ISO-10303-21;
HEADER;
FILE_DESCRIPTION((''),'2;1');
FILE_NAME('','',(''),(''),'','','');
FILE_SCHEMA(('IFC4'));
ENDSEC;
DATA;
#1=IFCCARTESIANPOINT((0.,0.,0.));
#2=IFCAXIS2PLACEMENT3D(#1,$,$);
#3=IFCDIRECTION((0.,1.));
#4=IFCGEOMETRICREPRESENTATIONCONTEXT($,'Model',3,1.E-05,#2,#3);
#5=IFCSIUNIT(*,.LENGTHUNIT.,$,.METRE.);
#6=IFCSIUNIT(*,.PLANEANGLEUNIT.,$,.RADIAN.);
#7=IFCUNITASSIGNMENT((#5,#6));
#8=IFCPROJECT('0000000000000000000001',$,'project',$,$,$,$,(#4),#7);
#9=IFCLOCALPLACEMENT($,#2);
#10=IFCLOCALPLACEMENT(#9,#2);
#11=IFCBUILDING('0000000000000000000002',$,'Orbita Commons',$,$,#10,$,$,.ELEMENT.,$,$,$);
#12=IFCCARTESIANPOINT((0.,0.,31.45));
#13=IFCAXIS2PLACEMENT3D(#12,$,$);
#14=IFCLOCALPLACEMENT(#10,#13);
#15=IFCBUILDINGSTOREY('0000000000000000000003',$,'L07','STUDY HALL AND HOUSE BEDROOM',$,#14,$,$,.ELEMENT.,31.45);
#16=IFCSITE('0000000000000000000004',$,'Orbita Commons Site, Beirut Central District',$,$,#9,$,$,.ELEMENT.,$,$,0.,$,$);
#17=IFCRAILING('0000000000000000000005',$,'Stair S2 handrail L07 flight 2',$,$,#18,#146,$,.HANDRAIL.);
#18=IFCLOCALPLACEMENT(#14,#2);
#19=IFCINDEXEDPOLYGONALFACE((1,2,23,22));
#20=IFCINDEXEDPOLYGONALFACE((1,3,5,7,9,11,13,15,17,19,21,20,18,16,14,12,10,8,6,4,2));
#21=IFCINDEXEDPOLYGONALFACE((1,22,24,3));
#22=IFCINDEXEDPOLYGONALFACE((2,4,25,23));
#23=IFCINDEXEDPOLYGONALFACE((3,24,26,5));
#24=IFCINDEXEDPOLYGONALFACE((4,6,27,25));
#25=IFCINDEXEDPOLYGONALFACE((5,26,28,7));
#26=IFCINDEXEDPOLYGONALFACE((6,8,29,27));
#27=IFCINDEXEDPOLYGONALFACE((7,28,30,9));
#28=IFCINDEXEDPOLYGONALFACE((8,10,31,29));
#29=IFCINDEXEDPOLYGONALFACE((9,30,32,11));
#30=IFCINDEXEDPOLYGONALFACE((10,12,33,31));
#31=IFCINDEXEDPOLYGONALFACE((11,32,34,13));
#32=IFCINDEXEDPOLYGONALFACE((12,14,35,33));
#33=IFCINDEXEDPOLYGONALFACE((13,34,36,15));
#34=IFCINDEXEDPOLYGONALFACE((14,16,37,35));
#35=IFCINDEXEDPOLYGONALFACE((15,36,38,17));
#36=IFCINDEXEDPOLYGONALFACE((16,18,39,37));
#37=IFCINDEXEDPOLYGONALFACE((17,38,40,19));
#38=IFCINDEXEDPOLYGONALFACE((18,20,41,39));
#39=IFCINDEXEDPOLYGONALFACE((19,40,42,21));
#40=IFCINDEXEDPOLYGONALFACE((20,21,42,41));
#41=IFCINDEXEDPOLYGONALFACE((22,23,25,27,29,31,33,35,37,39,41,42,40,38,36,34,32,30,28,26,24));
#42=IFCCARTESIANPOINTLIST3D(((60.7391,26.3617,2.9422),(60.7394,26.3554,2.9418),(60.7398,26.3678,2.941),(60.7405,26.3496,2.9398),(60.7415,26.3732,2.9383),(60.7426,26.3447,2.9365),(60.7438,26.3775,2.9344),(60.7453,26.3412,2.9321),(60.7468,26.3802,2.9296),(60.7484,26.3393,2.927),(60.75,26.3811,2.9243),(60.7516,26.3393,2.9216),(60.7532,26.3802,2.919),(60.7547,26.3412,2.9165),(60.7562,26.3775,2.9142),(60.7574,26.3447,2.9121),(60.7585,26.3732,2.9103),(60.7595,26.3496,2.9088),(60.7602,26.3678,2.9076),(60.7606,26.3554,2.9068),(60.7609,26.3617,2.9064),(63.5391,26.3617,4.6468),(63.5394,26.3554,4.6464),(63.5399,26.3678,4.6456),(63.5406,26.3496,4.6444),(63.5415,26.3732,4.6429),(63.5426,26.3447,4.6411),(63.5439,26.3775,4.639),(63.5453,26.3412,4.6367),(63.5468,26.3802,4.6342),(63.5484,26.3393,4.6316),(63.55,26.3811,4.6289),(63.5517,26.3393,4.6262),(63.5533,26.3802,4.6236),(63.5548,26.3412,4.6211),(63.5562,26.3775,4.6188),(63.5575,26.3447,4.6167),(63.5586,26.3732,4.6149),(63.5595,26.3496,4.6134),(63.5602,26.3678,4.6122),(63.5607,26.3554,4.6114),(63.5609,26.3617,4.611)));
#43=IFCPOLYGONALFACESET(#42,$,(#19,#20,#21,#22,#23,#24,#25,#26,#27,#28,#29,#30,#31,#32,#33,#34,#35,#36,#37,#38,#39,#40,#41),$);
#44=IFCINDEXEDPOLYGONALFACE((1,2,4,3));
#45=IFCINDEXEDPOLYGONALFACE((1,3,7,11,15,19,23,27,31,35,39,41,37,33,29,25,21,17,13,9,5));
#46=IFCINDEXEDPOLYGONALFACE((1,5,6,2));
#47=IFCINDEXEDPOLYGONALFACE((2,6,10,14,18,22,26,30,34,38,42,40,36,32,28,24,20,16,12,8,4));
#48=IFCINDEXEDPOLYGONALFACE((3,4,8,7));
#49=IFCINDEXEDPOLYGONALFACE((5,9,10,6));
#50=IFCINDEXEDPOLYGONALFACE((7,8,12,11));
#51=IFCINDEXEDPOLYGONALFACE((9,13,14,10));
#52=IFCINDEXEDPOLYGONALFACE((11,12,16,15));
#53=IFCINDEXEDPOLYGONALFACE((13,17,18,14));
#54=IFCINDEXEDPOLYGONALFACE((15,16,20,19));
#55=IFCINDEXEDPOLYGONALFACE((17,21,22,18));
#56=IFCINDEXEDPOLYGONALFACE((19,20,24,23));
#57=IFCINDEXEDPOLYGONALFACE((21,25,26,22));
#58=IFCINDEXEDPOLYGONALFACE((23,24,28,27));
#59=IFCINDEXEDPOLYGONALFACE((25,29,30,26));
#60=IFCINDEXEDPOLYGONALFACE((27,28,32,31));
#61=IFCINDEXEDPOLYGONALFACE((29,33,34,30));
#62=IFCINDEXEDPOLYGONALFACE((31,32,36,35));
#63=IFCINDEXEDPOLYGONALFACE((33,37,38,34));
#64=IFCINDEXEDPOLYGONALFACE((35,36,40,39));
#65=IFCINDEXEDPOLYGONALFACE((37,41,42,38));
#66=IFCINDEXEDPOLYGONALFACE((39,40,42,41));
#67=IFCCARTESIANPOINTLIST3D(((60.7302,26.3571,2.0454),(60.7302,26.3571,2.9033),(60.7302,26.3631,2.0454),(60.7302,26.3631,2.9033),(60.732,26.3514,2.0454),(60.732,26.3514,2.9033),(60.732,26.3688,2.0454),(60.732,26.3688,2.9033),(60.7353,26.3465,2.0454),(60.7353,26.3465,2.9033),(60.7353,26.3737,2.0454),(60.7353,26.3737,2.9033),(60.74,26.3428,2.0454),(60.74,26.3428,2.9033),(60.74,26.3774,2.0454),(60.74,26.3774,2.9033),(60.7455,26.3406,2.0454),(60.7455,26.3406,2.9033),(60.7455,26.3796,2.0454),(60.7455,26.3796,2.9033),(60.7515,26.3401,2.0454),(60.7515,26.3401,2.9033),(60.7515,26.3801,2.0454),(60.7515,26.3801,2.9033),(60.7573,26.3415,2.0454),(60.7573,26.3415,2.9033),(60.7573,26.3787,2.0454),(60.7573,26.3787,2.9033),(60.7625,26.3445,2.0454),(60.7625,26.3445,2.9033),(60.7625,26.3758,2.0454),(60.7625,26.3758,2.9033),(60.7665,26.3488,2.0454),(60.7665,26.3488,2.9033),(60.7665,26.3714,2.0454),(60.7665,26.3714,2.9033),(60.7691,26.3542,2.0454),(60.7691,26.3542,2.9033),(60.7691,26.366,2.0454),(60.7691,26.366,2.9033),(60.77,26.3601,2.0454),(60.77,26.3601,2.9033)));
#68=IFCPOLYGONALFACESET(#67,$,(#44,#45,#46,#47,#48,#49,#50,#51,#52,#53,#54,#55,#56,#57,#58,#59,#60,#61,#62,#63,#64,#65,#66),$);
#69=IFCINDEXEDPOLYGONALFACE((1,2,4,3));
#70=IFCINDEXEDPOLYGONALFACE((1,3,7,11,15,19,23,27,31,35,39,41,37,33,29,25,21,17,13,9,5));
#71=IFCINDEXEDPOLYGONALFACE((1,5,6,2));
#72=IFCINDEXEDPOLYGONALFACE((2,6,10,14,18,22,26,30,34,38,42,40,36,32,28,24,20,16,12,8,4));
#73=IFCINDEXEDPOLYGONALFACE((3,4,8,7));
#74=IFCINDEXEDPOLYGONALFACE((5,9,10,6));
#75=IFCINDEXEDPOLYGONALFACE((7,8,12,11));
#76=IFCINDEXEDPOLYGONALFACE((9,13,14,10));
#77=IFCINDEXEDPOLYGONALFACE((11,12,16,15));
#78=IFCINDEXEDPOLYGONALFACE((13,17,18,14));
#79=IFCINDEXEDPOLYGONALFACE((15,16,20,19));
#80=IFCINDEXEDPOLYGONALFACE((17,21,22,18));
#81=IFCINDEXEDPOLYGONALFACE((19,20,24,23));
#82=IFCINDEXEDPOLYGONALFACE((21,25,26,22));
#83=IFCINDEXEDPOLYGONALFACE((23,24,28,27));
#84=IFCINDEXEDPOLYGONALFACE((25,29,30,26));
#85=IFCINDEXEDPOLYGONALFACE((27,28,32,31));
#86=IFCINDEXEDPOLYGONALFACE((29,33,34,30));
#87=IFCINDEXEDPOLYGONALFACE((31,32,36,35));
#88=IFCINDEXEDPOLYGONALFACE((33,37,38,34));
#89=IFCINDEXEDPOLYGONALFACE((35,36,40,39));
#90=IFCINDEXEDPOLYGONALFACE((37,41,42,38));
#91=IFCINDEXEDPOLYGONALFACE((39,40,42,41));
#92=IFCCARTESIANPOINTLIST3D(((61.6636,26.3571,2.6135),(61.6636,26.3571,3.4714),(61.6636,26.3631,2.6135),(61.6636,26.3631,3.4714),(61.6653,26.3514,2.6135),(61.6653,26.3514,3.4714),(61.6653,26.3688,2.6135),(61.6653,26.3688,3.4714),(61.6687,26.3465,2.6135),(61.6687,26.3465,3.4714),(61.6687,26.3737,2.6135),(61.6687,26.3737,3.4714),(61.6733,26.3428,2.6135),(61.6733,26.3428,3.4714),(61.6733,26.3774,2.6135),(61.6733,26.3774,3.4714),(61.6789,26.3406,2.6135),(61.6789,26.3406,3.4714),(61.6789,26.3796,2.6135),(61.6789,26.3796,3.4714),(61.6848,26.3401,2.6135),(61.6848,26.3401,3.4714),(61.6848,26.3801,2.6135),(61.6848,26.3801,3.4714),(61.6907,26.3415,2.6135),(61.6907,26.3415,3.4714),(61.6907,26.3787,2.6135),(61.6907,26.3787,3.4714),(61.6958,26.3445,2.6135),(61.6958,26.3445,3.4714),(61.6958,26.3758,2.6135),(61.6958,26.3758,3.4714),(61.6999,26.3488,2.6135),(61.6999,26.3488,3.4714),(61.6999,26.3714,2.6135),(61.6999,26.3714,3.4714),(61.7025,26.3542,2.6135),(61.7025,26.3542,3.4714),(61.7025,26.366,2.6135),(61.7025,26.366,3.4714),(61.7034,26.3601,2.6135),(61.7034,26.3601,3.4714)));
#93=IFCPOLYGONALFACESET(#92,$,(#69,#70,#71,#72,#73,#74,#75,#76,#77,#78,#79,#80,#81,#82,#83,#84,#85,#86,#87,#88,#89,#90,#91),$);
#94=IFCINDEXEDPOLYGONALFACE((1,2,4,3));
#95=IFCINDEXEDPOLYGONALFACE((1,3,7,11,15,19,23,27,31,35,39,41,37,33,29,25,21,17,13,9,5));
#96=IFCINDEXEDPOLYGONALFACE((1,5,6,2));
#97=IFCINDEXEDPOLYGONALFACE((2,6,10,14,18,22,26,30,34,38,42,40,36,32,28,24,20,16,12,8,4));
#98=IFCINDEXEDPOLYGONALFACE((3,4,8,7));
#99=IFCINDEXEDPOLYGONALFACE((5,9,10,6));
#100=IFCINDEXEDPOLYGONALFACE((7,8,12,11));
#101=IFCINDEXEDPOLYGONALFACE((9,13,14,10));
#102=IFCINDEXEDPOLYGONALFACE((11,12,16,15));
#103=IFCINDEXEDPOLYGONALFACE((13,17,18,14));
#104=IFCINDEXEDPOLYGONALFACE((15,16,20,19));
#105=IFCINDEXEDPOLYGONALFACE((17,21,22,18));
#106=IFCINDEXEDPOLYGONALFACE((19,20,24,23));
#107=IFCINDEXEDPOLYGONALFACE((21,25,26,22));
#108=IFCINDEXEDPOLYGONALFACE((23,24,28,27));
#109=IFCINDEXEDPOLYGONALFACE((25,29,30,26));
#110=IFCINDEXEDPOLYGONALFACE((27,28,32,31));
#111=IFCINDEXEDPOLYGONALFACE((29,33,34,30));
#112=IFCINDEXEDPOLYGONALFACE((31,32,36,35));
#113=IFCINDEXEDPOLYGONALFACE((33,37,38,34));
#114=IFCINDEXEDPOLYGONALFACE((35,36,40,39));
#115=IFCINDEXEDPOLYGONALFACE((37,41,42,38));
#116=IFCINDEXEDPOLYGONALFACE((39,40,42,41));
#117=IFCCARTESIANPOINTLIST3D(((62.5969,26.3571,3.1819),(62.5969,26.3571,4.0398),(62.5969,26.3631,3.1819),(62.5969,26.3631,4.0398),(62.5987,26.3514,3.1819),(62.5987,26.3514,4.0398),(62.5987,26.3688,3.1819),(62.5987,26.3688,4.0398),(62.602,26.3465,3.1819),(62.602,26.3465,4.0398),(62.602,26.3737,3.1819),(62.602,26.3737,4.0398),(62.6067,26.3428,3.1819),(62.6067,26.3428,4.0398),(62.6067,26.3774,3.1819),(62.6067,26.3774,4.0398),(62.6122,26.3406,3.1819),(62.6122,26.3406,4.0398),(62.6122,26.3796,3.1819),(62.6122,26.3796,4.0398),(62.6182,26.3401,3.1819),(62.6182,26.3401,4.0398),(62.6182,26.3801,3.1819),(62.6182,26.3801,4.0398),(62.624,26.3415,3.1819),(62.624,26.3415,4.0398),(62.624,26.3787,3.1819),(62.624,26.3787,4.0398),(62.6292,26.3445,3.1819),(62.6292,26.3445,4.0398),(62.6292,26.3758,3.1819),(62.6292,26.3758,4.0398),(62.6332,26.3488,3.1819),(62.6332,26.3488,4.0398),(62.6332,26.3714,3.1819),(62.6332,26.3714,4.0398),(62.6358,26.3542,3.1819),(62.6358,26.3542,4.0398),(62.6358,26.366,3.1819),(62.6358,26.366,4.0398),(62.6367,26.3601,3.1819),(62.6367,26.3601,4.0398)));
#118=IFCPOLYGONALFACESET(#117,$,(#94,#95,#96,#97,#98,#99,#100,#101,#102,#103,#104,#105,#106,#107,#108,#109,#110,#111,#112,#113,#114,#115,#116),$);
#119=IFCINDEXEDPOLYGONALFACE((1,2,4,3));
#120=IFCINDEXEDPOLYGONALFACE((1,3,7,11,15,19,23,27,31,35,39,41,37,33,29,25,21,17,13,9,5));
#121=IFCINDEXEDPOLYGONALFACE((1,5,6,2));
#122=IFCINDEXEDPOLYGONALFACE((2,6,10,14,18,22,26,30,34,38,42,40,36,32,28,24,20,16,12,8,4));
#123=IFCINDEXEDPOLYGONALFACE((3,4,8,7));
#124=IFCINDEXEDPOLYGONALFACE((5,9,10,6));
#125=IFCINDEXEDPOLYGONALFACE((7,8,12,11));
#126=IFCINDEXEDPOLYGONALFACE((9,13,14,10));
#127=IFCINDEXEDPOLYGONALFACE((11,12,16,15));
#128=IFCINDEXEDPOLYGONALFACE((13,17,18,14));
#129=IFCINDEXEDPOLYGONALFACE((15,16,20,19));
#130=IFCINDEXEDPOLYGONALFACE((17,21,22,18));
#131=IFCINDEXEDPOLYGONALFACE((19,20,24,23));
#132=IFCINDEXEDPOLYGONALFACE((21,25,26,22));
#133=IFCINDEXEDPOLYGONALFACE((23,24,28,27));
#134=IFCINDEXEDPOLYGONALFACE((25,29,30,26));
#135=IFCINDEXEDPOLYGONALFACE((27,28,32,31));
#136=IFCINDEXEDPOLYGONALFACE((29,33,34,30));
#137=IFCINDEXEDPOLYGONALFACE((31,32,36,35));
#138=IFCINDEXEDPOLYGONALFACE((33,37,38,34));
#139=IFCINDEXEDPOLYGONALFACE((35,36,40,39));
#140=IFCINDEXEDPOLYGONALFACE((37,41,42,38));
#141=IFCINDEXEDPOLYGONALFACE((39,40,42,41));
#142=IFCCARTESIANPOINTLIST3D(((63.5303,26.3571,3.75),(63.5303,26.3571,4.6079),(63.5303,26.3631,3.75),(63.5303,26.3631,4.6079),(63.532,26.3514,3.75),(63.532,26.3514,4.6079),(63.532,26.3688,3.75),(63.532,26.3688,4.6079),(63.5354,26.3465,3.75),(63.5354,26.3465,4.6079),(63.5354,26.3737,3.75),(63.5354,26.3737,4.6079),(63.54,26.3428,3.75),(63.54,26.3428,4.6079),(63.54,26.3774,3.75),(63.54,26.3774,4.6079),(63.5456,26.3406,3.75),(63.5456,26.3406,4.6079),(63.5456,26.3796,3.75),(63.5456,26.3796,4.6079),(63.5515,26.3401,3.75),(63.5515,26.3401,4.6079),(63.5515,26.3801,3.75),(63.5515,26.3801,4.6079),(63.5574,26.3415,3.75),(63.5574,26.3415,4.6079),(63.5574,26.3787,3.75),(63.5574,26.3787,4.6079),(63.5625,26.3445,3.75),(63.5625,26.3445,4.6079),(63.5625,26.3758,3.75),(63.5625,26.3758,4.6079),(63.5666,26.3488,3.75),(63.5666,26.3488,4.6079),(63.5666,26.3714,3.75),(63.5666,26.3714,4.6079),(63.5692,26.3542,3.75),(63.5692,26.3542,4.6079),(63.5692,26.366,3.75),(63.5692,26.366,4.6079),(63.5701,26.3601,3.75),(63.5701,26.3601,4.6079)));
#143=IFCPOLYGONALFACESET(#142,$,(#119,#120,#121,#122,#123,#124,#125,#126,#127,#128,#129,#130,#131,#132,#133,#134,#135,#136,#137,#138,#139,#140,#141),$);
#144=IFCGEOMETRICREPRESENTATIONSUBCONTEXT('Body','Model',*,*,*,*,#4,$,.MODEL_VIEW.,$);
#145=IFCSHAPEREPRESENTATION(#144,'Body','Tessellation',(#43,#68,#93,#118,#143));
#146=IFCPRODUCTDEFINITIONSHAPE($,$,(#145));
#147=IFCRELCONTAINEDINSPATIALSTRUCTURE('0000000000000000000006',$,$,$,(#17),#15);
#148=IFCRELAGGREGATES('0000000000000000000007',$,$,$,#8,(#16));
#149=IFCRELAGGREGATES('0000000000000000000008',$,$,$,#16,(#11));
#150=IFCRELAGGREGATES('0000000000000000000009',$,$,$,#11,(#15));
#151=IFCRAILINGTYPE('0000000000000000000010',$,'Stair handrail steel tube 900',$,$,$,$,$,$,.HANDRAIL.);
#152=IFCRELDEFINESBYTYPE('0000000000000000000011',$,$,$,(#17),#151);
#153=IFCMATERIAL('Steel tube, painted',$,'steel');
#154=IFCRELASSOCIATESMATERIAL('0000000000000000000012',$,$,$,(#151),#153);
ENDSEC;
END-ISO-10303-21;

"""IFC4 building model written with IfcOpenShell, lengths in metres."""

from ifc_helpers import new_model, si_unit, direction, frame, origin, origin_2d, place, context, subcontext, project, spatial, circle, extrude, material, type_object, element, save


model = new_model("IFC4")

# Units and contexts
model_context = context("Model", 3, precision=1e-05, world=origin(), true_north=direction((0.0, 1.0)))
body_context = subcontext(model_context, "Body", "Model", "MODEL_VIEW")
ifc_project = project(units=[si_unit("LENGTHUNIT", "METRE"), si_unit("PLANEANGLEUNIT", "RADIAN")], contexts=[model_context])

# Site, building, storey
site_placement = place(None, origin())
site = spatial("IfcSite", under=ifc_project, at=site_placement, Name="Orbita Commons Site, Beirut Central District", CompositionType="ELEMENT", RefElevation=0.0)
building_placement = place(site_placement, origin())
building = spatial("IfcBuilding", under=site, at=building_placement, Name="Orbita Commons", CompositionType="ELEMENT")
storey_placement = place(building_placement, frame((0.0, 0.0, 31.45)))
storey = spatial("IfcBuildingStorey", under=building, at=storey_placement, Name="L07", Description="STUDY HALL AND HOUSE BEDROOM", CompositionType="ELEMENT", Elevation=31.45)

# Railing
ifc_material_1 = material(Name="Steel tube, painted", Category="steel")
railing_type = type_object("IfcRailingType", Name="Stair handrail steel tube 900", PredefinedType="HANDRAIL", material=ifc_material_1)
for number, where, name in (
    (1, (60.75, 26.3601, 2.0454), "Stair S2 handrail L07 flight 2"),
):
    element("IfcRailing", number, at=place(storey_placement, frame(where)), inside=storey, type_object=railing_type, Name=name, PredefinedType="HANDRAIL", context=body_context, shape_type="SweptSolid", body=[
        extrude(circle(Radius=0.021, at=origin_2d()), frame((0.0, 0.0, 0.8789), z_axis=(0.85417, 0.0, 0.519994), x_axis=(0.0, 1.0, 0.0)), (0.0, 0.0, 1.0), 3.2781),
        extrude(circle(Radius=0.02, at=origin_2d()), origin(), (0.0, 0.0, 1.0), 0.8579),
        extrude(circle(Radius=0.02, at=origin_2d()), frame((0.9333, 0.0, 0.5681)), (0.0, 0.0, 1.0), 0.8579),
        extrude(circle(Radius=0.02, at=origin_2d()), frame((1.8667, 0.0, 1.1365)), (0.0, 0.0, 1.0), 0.8579),
        extrude(circle(Radius=0.02, at=origin_2d()), frame((2.8, 0.0, 1.7046)), (0.0, 0.0, 1.0), 0.8579),
    ])

save(model, "model.ifc")
